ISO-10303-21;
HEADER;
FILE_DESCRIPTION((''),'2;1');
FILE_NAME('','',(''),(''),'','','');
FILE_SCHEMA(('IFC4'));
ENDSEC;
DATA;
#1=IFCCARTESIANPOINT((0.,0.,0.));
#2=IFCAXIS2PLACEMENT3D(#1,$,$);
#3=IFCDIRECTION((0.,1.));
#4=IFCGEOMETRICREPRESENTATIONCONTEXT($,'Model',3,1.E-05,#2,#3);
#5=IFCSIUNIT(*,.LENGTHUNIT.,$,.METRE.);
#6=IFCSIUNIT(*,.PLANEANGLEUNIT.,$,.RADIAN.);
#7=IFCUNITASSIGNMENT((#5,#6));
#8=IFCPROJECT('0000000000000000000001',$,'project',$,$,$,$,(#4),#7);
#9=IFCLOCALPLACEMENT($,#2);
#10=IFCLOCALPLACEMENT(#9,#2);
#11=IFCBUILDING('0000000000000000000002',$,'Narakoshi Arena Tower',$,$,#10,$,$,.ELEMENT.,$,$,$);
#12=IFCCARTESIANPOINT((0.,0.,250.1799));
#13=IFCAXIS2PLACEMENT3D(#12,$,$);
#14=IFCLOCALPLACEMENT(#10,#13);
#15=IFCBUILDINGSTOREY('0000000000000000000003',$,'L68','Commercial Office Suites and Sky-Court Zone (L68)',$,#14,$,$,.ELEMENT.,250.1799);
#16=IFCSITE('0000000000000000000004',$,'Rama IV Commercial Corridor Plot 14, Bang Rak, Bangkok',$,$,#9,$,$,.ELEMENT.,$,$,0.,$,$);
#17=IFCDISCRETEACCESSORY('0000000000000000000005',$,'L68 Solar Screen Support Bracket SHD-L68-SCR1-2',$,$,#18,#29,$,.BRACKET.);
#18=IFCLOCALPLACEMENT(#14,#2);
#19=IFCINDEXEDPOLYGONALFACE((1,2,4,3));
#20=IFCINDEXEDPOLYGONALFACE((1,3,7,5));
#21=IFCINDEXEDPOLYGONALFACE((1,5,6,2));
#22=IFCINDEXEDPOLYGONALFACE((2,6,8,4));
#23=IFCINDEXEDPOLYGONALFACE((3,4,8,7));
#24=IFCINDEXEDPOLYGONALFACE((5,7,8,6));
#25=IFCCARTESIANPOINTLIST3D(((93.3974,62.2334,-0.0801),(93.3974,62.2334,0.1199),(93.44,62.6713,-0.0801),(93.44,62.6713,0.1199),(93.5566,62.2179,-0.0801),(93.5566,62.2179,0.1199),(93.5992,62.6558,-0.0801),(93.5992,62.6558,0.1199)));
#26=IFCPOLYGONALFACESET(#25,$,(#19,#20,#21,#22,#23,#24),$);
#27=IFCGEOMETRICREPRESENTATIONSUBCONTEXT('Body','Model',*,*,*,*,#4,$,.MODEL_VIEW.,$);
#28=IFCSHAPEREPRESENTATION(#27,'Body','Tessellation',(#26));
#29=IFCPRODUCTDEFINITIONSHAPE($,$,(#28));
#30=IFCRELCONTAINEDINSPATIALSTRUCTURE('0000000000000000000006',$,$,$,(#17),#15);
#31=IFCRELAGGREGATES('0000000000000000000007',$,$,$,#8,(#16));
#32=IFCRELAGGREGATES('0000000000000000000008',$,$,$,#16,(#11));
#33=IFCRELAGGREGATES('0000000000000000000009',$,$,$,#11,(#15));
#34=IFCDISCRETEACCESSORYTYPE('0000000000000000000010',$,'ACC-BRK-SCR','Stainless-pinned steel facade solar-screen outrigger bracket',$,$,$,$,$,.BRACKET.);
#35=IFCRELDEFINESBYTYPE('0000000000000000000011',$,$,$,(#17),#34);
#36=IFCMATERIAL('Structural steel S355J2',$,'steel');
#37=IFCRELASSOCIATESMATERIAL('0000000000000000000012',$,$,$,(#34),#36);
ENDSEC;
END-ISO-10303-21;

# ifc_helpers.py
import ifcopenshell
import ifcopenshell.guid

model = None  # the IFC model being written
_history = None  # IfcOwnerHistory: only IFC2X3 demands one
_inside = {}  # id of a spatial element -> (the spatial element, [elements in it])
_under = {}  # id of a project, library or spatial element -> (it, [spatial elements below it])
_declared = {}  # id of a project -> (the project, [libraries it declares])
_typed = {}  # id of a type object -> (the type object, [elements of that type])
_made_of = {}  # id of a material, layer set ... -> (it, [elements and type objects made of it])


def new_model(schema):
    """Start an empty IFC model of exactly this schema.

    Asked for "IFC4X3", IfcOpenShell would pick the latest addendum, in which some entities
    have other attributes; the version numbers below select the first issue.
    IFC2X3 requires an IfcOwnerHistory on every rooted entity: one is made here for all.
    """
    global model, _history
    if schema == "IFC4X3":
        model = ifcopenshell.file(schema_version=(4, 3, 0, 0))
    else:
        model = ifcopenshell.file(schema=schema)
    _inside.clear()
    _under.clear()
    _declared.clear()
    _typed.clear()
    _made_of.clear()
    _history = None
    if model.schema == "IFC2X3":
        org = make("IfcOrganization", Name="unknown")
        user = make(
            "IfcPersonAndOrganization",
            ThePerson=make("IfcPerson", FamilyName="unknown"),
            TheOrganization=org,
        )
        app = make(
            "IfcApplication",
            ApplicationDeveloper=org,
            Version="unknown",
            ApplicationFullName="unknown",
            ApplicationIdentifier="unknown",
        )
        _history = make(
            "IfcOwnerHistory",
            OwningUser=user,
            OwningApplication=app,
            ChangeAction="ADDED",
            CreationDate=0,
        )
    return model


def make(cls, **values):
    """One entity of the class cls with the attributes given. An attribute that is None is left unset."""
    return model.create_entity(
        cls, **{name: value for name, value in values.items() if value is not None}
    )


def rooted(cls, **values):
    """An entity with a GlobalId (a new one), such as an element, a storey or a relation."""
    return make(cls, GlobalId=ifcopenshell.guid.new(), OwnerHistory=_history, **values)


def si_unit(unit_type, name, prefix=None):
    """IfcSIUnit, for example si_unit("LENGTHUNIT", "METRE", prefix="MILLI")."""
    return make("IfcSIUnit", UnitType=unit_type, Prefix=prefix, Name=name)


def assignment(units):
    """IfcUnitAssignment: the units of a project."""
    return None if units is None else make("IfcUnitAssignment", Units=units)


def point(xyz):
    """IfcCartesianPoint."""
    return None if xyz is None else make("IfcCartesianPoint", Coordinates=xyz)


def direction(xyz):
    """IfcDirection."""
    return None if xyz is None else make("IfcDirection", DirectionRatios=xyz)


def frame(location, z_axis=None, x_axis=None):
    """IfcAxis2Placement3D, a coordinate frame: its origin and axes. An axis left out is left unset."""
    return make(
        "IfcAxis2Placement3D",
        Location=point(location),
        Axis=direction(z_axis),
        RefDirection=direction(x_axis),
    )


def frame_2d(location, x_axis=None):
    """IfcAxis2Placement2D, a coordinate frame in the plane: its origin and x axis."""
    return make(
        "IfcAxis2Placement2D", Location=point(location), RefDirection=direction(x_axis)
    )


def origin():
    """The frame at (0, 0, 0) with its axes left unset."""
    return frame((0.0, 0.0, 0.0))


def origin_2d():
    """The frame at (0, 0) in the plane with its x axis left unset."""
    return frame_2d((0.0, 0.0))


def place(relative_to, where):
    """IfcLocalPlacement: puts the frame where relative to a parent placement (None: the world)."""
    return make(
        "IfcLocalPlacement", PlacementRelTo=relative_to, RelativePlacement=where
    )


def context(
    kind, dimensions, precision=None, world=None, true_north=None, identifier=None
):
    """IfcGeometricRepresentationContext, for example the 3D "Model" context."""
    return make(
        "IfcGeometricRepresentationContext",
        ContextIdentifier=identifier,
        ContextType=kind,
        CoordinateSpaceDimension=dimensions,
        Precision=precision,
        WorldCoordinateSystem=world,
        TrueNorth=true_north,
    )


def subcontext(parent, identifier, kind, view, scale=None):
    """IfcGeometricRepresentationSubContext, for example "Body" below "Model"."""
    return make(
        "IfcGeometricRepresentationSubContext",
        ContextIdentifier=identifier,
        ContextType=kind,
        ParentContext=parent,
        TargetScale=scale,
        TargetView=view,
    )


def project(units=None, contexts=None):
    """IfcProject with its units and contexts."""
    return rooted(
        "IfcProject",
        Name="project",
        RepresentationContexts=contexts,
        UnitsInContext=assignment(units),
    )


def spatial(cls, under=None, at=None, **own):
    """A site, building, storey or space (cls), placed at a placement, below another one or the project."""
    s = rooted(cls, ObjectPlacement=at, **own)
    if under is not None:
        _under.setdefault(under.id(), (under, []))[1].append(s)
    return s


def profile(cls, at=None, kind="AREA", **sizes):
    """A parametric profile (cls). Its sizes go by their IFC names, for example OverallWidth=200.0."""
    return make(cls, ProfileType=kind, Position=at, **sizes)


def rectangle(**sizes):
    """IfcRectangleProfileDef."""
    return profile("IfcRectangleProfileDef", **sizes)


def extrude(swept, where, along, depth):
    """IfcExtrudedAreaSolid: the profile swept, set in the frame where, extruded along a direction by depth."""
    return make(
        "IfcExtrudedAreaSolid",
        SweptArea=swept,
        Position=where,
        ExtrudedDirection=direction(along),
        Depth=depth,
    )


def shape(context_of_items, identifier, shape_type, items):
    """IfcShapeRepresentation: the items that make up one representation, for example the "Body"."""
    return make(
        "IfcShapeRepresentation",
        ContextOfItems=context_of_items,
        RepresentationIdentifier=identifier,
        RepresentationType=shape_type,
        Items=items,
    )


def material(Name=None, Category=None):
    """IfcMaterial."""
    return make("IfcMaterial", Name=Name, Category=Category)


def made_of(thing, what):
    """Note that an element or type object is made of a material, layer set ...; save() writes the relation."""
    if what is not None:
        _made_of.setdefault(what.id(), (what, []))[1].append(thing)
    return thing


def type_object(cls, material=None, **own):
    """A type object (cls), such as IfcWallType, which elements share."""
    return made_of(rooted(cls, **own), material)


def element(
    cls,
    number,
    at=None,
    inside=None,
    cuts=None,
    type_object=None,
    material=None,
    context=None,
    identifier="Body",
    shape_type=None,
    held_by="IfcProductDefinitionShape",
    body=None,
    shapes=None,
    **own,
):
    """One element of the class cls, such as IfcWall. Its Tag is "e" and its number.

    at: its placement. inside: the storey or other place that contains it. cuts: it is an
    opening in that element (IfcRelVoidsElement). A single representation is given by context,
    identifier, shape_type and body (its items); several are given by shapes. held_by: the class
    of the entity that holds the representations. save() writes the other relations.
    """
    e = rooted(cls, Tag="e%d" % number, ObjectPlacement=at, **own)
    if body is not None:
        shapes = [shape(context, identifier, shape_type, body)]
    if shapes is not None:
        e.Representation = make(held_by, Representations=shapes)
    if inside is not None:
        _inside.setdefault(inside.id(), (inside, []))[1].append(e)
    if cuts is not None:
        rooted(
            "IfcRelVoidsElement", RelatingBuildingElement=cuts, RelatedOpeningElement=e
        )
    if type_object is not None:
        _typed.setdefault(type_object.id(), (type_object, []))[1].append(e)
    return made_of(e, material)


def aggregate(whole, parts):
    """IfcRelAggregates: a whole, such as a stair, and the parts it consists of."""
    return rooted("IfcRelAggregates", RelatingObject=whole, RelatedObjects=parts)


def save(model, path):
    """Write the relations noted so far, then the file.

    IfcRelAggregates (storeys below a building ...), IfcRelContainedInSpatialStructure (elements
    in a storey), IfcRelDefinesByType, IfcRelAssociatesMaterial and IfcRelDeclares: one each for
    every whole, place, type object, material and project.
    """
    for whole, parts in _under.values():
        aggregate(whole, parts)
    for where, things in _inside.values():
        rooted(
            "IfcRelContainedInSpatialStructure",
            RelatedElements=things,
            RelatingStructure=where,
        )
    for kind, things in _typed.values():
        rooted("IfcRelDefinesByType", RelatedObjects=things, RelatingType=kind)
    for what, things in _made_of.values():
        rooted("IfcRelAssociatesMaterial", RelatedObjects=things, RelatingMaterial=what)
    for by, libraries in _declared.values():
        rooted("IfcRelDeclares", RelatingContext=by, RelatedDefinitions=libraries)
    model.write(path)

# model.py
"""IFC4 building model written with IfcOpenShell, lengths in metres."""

from ifc_helpers import new_model, si_unit, direction, frame, origin, origin_2d, place, context, subcontext, project, spatial, rectangle, extrude, material, type_object, element, save


model = new_model("IFC4")

# Units and contexts
model_context = context("Model", 3, precision=1e-05, world=origin(), true_north=direction((0.0, 1.0)))
body_context = subcontext(model_context, "Body", "Model", "MODEL_VIEW")
ifc_project = project(units=[si_unit("LENGTHUNIT", "METRE"), si_unit("PLANEANGLEUNIT", "RADIAN")], contexts=[model_context])

# Site, building, storey
site_placement = place(None, origin())
site = spatial("IfcSite", under=ifc_project, at=site_placement, Name="Rama IV Commercial Corridor Plot 14, Bang Rak, Bangkok", CompositionType="ELEMENT", RefElevation=0.0)
building_placement = place(site_placement, origin())
building = spatial("IfcBuilding", under=site, at=building_placement, Name="Narakoshi Arena Tower", CompositionType="ELEMENT")
storey_placement = place(building_placement, frame((0.0, 0.0, 250.1799)))
storey = spatial("IfcBuildingStorey", under=building, at=storey_placement, Name="L68", Description="Commercial Office Suites and Sky-Court Zone (L68)", CompositionType="ELEMENT", Elevation=250.1799)

# Shared definitions
ifc_material_1 = material(Name="Structural steel S355J2", Category="steel")

# Discrete accessory
discrete_accessory_type = type_object("IfcDiscreteAccessoryType", Name="ACC-BRK-SCR", Description="Stainless-pinned steel facade solar-screen outrigger bracket", PredefinedType="BRACKET", material=ifc_material_1)
discrete_accessory_placement = place(storey_placement, frame((93.4983, 62.4446, -0.0801), z_axis=(0.0, 0.0, 1.0), x_axis=(-0.995299, 0.096853, 0.0)))
element("IfcDiscreteAccessory", 1, at=discrete_accessory_placement, inside=storey, type_object=discrete_accessory_type, Name="L68 Solar Screen Support Bracket SHD-L68-SCR1-2", PredefinedType="BRACKET", context=body_context, shape_type="SweptSolid", body=[
    extrude(rectangle(XDim=0.1599, YDim=0.4399, at=origin_2d()), origin(), (0.0, 0.0, 1.0), 0.2),
])

save(model, "model.ifc")
